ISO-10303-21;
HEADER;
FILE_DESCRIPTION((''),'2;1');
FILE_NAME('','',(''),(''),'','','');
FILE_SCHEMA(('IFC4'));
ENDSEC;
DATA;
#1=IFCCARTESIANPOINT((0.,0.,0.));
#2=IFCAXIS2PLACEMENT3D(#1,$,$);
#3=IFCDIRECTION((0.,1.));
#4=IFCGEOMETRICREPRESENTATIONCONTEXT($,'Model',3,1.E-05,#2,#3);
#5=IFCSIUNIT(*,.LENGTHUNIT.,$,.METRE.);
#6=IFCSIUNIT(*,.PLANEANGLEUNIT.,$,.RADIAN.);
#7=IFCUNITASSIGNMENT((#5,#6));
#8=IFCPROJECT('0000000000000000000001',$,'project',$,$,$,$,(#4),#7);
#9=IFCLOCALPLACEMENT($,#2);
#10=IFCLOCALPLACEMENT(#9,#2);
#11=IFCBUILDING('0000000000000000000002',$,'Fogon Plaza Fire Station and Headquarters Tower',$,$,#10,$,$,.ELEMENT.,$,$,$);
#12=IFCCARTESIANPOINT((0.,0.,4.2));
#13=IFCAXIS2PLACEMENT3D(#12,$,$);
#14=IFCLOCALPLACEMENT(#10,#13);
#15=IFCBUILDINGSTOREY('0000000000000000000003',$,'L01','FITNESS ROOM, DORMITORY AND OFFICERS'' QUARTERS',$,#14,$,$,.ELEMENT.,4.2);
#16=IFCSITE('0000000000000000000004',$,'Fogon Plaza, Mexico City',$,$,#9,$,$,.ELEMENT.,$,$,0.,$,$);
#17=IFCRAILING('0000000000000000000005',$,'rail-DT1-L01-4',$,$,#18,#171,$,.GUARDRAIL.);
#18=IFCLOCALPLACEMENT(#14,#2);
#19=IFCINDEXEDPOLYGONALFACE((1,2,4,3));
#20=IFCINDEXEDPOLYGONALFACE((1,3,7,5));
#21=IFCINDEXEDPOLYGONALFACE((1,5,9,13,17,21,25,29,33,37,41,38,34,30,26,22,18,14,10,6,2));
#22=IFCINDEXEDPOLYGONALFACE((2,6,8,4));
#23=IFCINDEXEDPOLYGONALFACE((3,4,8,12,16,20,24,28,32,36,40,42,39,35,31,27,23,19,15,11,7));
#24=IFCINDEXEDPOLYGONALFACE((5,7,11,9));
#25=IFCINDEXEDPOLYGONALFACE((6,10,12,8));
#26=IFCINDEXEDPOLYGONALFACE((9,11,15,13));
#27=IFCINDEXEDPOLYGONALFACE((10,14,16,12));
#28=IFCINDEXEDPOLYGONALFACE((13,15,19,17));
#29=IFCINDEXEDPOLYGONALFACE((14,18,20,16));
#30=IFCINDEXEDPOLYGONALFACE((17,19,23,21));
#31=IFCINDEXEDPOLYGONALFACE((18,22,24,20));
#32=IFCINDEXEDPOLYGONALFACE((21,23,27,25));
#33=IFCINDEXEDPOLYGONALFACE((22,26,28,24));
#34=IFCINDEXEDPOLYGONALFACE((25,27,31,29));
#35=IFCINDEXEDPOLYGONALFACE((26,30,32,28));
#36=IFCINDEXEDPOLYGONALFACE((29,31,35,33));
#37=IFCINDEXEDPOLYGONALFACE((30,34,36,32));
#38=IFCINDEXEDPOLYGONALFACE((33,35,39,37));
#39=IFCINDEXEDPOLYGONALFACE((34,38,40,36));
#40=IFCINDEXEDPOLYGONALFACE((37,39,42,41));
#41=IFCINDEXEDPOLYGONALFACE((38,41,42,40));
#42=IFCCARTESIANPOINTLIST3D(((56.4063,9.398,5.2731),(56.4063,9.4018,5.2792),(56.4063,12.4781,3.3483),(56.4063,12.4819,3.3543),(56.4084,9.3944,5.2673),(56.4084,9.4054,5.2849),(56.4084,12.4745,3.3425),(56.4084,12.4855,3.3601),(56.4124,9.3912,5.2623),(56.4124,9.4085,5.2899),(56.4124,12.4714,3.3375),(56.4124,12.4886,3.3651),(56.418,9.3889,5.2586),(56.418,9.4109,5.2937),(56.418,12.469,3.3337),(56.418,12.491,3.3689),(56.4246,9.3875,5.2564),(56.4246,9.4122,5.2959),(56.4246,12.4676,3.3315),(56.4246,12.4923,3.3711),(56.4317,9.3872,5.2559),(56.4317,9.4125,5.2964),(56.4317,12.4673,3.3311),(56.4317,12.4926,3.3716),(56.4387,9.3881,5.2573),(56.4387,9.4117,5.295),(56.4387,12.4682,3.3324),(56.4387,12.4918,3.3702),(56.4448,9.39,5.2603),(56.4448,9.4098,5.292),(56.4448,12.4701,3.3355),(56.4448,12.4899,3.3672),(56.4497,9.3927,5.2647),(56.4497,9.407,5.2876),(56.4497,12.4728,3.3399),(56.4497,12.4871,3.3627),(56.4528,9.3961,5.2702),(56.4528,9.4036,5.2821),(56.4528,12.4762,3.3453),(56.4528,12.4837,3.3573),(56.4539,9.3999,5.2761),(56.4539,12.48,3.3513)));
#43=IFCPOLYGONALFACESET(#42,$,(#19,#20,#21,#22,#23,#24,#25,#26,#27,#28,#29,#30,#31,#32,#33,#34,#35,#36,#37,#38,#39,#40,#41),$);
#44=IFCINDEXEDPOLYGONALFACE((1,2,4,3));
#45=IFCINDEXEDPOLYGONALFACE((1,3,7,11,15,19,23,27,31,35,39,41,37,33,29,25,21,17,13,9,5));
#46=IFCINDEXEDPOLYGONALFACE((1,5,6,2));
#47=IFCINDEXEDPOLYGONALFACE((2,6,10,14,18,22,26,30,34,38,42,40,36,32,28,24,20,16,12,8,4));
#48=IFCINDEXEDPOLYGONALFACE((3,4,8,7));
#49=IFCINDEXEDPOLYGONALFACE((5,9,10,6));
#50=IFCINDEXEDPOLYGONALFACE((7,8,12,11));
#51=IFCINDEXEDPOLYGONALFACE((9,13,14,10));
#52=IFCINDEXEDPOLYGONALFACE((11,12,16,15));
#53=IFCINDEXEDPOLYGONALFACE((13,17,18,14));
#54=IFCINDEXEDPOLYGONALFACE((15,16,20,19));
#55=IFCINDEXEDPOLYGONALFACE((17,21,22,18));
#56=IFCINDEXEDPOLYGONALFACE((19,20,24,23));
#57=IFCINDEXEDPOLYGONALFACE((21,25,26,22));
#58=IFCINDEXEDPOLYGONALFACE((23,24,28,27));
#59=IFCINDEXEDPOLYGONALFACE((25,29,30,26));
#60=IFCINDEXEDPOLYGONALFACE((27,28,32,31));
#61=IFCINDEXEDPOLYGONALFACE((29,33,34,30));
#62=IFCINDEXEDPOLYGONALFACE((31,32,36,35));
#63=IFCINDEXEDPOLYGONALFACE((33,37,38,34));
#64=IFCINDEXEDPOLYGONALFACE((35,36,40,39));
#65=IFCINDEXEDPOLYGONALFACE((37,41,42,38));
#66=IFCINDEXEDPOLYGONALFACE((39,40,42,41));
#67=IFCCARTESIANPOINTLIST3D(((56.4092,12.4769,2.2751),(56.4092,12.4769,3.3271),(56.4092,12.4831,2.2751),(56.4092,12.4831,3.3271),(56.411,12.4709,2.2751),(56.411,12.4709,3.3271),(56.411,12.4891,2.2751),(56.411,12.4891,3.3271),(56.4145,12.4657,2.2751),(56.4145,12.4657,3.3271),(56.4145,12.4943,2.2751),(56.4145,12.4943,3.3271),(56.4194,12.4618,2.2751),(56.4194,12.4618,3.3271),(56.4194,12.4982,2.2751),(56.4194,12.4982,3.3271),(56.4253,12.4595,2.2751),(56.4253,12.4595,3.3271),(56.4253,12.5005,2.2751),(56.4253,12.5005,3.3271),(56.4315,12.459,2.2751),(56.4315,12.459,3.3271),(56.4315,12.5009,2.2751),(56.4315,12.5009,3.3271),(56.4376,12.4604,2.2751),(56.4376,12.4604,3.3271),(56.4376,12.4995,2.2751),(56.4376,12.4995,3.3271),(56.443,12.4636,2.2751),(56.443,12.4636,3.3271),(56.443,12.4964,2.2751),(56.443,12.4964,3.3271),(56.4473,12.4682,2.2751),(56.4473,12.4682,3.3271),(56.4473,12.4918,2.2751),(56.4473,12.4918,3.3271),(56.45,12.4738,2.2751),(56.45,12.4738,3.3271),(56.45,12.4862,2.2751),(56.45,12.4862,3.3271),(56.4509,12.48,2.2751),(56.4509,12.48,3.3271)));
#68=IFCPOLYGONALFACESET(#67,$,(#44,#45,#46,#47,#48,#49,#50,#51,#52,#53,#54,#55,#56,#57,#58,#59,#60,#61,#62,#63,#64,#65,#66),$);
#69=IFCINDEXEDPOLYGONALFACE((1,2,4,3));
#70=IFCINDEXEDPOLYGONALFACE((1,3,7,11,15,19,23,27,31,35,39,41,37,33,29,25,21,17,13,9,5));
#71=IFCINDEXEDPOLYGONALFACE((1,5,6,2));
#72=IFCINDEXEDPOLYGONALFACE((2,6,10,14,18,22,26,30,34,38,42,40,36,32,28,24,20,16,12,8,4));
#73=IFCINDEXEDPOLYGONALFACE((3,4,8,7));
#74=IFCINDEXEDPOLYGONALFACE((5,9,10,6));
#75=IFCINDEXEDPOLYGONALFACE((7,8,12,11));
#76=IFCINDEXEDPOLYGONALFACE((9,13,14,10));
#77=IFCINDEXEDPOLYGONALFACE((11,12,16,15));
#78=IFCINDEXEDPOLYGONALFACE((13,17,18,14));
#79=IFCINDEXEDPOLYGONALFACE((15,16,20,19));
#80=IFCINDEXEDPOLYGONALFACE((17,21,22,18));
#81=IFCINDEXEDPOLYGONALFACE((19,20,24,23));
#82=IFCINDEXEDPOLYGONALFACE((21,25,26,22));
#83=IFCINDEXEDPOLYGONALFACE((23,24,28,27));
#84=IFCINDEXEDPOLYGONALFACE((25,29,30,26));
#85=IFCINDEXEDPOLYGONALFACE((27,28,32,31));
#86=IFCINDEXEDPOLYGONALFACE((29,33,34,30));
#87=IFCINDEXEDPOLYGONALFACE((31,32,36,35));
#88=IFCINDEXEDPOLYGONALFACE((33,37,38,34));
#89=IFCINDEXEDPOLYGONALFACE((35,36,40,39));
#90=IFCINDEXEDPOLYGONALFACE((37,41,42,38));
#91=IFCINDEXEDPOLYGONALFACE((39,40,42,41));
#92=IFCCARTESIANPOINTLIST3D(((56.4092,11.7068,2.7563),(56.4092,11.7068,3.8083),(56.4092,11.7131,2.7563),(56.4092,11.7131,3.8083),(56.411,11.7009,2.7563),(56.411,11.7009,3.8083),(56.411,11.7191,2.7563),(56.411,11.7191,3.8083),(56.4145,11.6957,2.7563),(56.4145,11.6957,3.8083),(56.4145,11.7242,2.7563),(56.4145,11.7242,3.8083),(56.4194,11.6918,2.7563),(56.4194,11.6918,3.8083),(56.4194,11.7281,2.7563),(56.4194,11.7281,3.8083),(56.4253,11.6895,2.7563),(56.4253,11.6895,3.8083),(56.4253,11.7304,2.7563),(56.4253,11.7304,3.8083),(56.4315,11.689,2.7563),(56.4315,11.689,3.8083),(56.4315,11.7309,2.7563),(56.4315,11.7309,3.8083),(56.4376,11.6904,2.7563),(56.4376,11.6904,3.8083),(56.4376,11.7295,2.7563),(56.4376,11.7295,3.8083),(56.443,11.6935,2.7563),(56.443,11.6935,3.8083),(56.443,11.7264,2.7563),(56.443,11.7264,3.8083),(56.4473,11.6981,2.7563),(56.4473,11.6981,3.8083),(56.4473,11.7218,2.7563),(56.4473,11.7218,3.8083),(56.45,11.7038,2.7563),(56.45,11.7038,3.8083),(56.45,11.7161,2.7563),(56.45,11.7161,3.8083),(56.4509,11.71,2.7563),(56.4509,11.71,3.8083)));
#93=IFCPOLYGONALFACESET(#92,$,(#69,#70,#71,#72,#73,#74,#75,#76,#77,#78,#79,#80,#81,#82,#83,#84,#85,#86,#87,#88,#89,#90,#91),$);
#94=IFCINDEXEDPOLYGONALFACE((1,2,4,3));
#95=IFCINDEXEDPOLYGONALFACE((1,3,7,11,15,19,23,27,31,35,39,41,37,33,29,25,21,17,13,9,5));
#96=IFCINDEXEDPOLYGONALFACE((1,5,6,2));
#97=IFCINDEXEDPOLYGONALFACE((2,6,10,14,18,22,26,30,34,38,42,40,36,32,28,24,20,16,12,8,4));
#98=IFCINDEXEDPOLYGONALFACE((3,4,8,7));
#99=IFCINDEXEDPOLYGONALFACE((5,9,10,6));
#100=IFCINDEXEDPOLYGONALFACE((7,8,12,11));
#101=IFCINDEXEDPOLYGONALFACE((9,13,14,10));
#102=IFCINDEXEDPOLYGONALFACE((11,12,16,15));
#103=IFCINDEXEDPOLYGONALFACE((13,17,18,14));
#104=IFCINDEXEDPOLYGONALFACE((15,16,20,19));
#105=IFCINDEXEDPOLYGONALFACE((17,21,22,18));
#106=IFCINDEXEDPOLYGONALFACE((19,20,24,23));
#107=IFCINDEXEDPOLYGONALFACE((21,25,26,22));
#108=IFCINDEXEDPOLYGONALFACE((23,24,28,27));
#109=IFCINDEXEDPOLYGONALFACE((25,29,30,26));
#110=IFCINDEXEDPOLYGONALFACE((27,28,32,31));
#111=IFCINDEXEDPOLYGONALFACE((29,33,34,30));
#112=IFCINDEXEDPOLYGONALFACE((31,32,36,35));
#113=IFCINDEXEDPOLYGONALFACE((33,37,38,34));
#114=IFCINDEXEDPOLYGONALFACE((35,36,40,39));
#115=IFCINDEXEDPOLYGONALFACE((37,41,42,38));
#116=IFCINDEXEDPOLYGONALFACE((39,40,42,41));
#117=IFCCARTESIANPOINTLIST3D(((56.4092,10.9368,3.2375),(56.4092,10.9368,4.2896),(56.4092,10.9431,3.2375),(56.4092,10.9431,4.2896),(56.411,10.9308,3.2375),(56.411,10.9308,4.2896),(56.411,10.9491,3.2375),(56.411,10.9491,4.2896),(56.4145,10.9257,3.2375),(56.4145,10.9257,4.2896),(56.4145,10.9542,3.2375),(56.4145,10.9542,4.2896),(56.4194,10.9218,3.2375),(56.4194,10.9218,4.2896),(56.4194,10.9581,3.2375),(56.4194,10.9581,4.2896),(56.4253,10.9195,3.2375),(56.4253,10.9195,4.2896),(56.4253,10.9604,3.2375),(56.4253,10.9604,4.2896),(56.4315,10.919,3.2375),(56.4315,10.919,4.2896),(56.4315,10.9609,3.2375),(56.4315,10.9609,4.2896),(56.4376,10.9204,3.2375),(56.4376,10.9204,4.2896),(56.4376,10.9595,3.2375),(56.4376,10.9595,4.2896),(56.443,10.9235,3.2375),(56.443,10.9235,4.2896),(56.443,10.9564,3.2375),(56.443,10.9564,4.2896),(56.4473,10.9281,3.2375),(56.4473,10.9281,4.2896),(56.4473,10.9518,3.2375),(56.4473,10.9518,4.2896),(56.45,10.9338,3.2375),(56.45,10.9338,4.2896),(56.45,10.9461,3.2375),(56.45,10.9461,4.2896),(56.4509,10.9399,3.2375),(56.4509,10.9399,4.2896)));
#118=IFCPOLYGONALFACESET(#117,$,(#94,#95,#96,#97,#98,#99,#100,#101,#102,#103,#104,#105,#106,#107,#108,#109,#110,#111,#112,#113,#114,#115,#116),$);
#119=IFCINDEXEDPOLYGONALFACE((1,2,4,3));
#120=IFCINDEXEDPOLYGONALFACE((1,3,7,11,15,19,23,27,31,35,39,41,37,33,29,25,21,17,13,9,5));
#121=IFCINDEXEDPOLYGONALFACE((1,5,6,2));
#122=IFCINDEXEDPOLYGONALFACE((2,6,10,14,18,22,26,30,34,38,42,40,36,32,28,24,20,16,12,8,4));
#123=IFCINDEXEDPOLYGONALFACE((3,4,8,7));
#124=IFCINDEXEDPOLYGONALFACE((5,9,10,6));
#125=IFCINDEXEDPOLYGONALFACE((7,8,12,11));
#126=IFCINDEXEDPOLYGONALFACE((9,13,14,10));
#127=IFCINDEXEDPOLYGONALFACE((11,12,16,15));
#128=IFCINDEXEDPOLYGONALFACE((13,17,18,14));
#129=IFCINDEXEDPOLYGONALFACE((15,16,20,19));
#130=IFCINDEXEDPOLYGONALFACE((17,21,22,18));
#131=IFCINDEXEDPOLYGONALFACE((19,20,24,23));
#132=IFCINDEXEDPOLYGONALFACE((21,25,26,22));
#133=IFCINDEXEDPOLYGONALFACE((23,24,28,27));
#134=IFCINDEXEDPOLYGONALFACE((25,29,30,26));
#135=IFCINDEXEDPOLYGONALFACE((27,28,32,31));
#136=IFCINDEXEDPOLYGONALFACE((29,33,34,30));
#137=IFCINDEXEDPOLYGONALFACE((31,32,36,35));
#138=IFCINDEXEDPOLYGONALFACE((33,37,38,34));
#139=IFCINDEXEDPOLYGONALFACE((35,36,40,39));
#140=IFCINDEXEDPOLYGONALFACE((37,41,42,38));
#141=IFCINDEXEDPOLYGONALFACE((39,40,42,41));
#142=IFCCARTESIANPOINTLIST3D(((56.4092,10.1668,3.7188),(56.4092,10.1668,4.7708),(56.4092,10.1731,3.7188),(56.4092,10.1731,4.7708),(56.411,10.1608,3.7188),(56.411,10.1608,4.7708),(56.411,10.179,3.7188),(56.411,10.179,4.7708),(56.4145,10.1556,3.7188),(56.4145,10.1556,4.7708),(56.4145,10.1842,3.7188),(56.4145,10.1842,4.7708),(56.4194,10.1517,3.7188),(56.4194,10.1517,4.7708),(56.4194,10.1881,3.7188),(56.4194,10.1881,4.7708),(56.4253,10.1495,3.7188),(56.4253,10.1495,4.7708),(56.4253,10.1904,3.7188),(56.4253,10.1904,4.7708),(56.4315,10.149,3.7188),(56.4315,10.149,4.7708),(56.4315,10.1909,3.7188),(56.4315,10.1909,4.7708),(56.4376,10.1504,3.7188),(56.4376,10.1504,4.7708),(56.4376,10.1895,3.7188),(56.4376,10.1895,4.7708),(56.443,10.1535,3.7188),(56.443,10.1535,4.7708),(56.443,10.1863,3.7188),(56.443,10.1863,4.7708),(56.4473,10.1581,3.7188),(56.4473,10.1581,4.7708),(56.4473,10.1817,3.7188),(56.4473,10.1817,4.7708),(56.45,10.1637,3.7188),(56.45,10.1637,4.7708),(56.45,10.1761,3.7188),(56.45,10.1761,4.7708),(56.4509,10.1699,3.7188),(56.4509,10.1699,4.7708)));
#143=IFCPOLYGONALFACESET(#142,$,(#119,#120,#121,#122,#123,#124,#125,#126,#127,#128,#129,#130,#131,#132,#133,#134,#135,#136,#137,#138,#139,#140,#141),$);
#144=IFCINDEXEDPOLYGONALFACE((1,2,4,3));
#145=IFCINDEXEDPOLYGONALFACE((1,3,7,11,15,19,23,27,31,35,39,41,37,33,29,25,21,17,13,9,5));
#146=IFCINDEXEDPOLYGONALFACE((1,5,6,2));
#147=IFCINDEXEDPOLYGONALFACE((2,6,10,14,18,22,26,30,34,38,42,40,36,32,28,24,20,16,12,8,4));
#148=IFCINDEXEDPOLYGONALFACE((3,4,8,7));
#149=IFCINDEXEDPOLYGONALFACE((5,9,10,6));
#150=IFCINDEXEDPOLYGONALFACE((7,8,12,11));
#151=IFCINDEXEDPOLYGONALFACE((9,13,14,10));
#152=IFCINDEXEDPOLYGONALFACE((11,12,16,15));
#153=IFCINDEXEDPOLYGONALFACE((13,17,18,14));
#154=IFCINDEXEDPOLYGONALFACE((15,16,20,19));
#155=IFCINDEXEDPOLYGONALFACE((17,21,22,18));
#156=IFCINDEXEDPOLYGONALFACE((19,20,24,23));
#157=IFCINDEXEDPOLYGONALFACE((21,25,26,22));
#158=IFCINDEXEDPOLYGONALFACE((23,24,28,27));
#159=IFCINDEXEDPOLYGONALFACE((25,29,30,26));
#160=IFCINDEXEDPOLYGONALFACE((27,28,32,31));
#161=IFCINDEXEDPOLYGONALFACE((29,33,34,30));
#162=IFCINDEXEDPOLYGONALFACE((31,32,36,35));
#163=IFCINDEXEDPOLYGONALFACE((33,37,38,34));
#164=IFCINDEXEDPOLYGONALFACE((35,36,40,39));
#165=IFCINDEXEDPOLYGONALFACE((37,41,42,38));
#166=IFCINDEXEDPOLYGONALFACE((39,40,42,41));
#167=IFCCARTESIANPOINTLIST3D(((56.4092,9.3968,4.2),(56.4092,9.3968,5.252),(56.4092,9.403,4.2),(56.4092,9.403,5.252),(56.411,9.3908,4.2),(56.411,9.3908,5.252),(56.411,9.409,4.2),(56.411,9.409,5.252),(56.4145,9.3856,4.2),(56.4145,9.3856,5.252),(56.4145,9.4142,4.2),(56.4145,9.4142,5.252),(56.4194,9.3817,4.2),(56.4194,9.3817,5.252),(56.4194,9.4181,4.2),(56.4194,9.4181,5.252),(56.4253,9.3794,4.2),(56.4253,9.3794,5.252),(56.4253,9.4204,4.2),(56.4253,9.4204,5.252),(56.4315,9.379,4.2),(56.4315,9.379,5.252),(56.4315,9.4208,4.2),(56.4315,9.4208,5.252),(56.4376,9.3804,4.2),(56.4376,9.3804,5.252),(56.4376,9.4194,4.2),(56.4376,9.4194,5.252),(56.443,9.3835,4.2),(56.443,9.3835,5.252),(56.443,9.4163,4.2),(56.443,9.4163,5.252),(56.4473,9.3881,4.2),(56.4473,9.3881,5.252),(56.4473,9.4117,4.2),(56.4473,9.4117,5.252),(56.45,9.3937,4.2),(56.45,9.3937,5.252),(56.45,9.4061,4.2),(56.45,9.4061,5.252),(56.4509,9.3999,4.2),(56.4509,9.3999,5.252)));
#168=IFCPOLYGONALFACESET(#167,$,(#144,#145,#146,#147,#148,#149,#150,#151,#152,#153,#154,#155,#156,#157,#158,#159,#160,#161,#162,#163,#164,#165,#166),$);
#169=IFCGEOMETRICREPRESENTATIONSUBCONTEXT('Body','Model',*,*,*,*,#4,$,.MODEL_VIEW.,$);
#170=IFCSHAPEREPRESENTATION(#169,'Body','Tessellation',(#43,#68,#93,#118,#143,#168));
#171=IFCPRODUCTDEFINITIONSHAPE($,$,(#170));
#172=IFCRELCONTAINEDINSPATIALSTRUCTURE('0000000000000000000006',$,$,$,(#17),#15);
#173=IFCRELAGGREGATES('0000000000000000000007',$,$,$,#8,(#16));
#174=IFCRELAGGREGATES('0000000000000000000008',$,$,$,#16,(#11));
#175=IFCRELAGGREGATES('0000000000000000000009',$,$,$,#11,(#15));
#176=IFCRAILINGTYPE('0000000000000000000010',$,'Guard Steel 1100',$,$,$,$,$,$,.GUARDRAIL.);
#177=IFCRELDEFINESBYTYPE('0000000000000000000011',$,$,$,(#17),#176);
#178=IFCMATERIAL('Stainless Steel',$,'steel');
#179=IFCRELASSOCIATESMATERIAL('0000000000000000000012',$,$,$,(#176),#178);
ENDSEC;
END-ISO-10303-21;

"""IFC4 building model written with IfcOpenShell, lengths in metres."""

from ifc_helpers import new_model, si_unit, direction, frame, origin, origin_2d, place, context, subcontext, project, spatial, circle, extrude, material, type_object, element, save


model = new_model("IFC4")

# Units and contexts
model_context = context("Model", 3, precision=1e-05, world=origin(), true_north=direction((0.0, 1.0)))
body_context = subcontext(model_context, "Body", "Model", "MODEL_VIEW")
ifc_project = project(units=[si_unit("LENGTHUNIT", "METRE"), si_unit("PLANEANGLEUNIT", "RADIAN")], contexts=[model_context])

# Site, building, storey
site_placement = place(None, origin())
site = spatial("IfcSite", under=ifc_project, at=site_placement, Name="Fogon Plaza, Mexico City", CompositionType="ELEMENT", RefElevation=0.0)
building_placement = place(site_placement, origin())
building = spatial("IfcBuilding", under=site, at=building_placement, Name="Fogon Plaza Fire Station and Headquarters Tower", CompositionType="ELEMENT")
storey_placement = place(building_placement, frame((0.0, 0.0, 4.2)))
storey = spatial("IfcBuildingStorey", under=building, at=storey_placement, Name="L01", Description="FITNESS ROOM, DORMITORY AND OFFICERS' QUARTERS", CompositionType="ELEMENT", Elevation=4.2)

# Railing
ifc_material_1 = material(Name="Stainless Steel", Category="steel")
railing_type_1 = type_object("IfcRailingType", Name="Guard Steel 1100", PredefinedType="GUARDRAIL", material=ifc_material_1)
railing_1_placement = place(storey_placement, frame((56.4299, 12.48, 2.2751)))
element("IfcRailing", 1, at=railing_1_placement, inside=storey, type_object=railing_type_1, Name="rail-DT1-L01-4", PredefinedType="GUARDRAIL", context=body_context, shape_type="SweptSolid", body=[
    extrude(circle(Radius=0.0239, at=origin_2d()), frame((0.0, 0.0, 1.0762), z_axis=(0.0, -0.848029, 0.529951), x_axis=(1.0, 0.0, 0.0)), (0.0, 0.0, 1.0), 3.6321),
    extrude(circle(Radius=0.021, at=origin_2d()), origin(), (0.0, 0.0, 1.0), 1.052),
    extrude(circle(Radius=0.021, at=origin_2d()), frame((0.0, -0.77, 0.4812)), (0.0, 0.0, 1.0), 1.052),
    extrude(circle(Radius=0.021, at=origin_2d()), frame((0.0, -1.54, 0.9624)), (0.0, 0.0, 1.0), 1.052),
    extrude(circle(Radius=0.021, at=origin_2d()), frame((0.0, -2.3101, 1.4436)), (0.0, 0.0, 1.0), 1.052),
    extrude(circle(Radius=0.021, at=origin_2d()), frame((0.0, -3.0801, 1.9248)), (0.0, 0.0, 1.0), 1.052),
])

save(model, "model.ifc")
